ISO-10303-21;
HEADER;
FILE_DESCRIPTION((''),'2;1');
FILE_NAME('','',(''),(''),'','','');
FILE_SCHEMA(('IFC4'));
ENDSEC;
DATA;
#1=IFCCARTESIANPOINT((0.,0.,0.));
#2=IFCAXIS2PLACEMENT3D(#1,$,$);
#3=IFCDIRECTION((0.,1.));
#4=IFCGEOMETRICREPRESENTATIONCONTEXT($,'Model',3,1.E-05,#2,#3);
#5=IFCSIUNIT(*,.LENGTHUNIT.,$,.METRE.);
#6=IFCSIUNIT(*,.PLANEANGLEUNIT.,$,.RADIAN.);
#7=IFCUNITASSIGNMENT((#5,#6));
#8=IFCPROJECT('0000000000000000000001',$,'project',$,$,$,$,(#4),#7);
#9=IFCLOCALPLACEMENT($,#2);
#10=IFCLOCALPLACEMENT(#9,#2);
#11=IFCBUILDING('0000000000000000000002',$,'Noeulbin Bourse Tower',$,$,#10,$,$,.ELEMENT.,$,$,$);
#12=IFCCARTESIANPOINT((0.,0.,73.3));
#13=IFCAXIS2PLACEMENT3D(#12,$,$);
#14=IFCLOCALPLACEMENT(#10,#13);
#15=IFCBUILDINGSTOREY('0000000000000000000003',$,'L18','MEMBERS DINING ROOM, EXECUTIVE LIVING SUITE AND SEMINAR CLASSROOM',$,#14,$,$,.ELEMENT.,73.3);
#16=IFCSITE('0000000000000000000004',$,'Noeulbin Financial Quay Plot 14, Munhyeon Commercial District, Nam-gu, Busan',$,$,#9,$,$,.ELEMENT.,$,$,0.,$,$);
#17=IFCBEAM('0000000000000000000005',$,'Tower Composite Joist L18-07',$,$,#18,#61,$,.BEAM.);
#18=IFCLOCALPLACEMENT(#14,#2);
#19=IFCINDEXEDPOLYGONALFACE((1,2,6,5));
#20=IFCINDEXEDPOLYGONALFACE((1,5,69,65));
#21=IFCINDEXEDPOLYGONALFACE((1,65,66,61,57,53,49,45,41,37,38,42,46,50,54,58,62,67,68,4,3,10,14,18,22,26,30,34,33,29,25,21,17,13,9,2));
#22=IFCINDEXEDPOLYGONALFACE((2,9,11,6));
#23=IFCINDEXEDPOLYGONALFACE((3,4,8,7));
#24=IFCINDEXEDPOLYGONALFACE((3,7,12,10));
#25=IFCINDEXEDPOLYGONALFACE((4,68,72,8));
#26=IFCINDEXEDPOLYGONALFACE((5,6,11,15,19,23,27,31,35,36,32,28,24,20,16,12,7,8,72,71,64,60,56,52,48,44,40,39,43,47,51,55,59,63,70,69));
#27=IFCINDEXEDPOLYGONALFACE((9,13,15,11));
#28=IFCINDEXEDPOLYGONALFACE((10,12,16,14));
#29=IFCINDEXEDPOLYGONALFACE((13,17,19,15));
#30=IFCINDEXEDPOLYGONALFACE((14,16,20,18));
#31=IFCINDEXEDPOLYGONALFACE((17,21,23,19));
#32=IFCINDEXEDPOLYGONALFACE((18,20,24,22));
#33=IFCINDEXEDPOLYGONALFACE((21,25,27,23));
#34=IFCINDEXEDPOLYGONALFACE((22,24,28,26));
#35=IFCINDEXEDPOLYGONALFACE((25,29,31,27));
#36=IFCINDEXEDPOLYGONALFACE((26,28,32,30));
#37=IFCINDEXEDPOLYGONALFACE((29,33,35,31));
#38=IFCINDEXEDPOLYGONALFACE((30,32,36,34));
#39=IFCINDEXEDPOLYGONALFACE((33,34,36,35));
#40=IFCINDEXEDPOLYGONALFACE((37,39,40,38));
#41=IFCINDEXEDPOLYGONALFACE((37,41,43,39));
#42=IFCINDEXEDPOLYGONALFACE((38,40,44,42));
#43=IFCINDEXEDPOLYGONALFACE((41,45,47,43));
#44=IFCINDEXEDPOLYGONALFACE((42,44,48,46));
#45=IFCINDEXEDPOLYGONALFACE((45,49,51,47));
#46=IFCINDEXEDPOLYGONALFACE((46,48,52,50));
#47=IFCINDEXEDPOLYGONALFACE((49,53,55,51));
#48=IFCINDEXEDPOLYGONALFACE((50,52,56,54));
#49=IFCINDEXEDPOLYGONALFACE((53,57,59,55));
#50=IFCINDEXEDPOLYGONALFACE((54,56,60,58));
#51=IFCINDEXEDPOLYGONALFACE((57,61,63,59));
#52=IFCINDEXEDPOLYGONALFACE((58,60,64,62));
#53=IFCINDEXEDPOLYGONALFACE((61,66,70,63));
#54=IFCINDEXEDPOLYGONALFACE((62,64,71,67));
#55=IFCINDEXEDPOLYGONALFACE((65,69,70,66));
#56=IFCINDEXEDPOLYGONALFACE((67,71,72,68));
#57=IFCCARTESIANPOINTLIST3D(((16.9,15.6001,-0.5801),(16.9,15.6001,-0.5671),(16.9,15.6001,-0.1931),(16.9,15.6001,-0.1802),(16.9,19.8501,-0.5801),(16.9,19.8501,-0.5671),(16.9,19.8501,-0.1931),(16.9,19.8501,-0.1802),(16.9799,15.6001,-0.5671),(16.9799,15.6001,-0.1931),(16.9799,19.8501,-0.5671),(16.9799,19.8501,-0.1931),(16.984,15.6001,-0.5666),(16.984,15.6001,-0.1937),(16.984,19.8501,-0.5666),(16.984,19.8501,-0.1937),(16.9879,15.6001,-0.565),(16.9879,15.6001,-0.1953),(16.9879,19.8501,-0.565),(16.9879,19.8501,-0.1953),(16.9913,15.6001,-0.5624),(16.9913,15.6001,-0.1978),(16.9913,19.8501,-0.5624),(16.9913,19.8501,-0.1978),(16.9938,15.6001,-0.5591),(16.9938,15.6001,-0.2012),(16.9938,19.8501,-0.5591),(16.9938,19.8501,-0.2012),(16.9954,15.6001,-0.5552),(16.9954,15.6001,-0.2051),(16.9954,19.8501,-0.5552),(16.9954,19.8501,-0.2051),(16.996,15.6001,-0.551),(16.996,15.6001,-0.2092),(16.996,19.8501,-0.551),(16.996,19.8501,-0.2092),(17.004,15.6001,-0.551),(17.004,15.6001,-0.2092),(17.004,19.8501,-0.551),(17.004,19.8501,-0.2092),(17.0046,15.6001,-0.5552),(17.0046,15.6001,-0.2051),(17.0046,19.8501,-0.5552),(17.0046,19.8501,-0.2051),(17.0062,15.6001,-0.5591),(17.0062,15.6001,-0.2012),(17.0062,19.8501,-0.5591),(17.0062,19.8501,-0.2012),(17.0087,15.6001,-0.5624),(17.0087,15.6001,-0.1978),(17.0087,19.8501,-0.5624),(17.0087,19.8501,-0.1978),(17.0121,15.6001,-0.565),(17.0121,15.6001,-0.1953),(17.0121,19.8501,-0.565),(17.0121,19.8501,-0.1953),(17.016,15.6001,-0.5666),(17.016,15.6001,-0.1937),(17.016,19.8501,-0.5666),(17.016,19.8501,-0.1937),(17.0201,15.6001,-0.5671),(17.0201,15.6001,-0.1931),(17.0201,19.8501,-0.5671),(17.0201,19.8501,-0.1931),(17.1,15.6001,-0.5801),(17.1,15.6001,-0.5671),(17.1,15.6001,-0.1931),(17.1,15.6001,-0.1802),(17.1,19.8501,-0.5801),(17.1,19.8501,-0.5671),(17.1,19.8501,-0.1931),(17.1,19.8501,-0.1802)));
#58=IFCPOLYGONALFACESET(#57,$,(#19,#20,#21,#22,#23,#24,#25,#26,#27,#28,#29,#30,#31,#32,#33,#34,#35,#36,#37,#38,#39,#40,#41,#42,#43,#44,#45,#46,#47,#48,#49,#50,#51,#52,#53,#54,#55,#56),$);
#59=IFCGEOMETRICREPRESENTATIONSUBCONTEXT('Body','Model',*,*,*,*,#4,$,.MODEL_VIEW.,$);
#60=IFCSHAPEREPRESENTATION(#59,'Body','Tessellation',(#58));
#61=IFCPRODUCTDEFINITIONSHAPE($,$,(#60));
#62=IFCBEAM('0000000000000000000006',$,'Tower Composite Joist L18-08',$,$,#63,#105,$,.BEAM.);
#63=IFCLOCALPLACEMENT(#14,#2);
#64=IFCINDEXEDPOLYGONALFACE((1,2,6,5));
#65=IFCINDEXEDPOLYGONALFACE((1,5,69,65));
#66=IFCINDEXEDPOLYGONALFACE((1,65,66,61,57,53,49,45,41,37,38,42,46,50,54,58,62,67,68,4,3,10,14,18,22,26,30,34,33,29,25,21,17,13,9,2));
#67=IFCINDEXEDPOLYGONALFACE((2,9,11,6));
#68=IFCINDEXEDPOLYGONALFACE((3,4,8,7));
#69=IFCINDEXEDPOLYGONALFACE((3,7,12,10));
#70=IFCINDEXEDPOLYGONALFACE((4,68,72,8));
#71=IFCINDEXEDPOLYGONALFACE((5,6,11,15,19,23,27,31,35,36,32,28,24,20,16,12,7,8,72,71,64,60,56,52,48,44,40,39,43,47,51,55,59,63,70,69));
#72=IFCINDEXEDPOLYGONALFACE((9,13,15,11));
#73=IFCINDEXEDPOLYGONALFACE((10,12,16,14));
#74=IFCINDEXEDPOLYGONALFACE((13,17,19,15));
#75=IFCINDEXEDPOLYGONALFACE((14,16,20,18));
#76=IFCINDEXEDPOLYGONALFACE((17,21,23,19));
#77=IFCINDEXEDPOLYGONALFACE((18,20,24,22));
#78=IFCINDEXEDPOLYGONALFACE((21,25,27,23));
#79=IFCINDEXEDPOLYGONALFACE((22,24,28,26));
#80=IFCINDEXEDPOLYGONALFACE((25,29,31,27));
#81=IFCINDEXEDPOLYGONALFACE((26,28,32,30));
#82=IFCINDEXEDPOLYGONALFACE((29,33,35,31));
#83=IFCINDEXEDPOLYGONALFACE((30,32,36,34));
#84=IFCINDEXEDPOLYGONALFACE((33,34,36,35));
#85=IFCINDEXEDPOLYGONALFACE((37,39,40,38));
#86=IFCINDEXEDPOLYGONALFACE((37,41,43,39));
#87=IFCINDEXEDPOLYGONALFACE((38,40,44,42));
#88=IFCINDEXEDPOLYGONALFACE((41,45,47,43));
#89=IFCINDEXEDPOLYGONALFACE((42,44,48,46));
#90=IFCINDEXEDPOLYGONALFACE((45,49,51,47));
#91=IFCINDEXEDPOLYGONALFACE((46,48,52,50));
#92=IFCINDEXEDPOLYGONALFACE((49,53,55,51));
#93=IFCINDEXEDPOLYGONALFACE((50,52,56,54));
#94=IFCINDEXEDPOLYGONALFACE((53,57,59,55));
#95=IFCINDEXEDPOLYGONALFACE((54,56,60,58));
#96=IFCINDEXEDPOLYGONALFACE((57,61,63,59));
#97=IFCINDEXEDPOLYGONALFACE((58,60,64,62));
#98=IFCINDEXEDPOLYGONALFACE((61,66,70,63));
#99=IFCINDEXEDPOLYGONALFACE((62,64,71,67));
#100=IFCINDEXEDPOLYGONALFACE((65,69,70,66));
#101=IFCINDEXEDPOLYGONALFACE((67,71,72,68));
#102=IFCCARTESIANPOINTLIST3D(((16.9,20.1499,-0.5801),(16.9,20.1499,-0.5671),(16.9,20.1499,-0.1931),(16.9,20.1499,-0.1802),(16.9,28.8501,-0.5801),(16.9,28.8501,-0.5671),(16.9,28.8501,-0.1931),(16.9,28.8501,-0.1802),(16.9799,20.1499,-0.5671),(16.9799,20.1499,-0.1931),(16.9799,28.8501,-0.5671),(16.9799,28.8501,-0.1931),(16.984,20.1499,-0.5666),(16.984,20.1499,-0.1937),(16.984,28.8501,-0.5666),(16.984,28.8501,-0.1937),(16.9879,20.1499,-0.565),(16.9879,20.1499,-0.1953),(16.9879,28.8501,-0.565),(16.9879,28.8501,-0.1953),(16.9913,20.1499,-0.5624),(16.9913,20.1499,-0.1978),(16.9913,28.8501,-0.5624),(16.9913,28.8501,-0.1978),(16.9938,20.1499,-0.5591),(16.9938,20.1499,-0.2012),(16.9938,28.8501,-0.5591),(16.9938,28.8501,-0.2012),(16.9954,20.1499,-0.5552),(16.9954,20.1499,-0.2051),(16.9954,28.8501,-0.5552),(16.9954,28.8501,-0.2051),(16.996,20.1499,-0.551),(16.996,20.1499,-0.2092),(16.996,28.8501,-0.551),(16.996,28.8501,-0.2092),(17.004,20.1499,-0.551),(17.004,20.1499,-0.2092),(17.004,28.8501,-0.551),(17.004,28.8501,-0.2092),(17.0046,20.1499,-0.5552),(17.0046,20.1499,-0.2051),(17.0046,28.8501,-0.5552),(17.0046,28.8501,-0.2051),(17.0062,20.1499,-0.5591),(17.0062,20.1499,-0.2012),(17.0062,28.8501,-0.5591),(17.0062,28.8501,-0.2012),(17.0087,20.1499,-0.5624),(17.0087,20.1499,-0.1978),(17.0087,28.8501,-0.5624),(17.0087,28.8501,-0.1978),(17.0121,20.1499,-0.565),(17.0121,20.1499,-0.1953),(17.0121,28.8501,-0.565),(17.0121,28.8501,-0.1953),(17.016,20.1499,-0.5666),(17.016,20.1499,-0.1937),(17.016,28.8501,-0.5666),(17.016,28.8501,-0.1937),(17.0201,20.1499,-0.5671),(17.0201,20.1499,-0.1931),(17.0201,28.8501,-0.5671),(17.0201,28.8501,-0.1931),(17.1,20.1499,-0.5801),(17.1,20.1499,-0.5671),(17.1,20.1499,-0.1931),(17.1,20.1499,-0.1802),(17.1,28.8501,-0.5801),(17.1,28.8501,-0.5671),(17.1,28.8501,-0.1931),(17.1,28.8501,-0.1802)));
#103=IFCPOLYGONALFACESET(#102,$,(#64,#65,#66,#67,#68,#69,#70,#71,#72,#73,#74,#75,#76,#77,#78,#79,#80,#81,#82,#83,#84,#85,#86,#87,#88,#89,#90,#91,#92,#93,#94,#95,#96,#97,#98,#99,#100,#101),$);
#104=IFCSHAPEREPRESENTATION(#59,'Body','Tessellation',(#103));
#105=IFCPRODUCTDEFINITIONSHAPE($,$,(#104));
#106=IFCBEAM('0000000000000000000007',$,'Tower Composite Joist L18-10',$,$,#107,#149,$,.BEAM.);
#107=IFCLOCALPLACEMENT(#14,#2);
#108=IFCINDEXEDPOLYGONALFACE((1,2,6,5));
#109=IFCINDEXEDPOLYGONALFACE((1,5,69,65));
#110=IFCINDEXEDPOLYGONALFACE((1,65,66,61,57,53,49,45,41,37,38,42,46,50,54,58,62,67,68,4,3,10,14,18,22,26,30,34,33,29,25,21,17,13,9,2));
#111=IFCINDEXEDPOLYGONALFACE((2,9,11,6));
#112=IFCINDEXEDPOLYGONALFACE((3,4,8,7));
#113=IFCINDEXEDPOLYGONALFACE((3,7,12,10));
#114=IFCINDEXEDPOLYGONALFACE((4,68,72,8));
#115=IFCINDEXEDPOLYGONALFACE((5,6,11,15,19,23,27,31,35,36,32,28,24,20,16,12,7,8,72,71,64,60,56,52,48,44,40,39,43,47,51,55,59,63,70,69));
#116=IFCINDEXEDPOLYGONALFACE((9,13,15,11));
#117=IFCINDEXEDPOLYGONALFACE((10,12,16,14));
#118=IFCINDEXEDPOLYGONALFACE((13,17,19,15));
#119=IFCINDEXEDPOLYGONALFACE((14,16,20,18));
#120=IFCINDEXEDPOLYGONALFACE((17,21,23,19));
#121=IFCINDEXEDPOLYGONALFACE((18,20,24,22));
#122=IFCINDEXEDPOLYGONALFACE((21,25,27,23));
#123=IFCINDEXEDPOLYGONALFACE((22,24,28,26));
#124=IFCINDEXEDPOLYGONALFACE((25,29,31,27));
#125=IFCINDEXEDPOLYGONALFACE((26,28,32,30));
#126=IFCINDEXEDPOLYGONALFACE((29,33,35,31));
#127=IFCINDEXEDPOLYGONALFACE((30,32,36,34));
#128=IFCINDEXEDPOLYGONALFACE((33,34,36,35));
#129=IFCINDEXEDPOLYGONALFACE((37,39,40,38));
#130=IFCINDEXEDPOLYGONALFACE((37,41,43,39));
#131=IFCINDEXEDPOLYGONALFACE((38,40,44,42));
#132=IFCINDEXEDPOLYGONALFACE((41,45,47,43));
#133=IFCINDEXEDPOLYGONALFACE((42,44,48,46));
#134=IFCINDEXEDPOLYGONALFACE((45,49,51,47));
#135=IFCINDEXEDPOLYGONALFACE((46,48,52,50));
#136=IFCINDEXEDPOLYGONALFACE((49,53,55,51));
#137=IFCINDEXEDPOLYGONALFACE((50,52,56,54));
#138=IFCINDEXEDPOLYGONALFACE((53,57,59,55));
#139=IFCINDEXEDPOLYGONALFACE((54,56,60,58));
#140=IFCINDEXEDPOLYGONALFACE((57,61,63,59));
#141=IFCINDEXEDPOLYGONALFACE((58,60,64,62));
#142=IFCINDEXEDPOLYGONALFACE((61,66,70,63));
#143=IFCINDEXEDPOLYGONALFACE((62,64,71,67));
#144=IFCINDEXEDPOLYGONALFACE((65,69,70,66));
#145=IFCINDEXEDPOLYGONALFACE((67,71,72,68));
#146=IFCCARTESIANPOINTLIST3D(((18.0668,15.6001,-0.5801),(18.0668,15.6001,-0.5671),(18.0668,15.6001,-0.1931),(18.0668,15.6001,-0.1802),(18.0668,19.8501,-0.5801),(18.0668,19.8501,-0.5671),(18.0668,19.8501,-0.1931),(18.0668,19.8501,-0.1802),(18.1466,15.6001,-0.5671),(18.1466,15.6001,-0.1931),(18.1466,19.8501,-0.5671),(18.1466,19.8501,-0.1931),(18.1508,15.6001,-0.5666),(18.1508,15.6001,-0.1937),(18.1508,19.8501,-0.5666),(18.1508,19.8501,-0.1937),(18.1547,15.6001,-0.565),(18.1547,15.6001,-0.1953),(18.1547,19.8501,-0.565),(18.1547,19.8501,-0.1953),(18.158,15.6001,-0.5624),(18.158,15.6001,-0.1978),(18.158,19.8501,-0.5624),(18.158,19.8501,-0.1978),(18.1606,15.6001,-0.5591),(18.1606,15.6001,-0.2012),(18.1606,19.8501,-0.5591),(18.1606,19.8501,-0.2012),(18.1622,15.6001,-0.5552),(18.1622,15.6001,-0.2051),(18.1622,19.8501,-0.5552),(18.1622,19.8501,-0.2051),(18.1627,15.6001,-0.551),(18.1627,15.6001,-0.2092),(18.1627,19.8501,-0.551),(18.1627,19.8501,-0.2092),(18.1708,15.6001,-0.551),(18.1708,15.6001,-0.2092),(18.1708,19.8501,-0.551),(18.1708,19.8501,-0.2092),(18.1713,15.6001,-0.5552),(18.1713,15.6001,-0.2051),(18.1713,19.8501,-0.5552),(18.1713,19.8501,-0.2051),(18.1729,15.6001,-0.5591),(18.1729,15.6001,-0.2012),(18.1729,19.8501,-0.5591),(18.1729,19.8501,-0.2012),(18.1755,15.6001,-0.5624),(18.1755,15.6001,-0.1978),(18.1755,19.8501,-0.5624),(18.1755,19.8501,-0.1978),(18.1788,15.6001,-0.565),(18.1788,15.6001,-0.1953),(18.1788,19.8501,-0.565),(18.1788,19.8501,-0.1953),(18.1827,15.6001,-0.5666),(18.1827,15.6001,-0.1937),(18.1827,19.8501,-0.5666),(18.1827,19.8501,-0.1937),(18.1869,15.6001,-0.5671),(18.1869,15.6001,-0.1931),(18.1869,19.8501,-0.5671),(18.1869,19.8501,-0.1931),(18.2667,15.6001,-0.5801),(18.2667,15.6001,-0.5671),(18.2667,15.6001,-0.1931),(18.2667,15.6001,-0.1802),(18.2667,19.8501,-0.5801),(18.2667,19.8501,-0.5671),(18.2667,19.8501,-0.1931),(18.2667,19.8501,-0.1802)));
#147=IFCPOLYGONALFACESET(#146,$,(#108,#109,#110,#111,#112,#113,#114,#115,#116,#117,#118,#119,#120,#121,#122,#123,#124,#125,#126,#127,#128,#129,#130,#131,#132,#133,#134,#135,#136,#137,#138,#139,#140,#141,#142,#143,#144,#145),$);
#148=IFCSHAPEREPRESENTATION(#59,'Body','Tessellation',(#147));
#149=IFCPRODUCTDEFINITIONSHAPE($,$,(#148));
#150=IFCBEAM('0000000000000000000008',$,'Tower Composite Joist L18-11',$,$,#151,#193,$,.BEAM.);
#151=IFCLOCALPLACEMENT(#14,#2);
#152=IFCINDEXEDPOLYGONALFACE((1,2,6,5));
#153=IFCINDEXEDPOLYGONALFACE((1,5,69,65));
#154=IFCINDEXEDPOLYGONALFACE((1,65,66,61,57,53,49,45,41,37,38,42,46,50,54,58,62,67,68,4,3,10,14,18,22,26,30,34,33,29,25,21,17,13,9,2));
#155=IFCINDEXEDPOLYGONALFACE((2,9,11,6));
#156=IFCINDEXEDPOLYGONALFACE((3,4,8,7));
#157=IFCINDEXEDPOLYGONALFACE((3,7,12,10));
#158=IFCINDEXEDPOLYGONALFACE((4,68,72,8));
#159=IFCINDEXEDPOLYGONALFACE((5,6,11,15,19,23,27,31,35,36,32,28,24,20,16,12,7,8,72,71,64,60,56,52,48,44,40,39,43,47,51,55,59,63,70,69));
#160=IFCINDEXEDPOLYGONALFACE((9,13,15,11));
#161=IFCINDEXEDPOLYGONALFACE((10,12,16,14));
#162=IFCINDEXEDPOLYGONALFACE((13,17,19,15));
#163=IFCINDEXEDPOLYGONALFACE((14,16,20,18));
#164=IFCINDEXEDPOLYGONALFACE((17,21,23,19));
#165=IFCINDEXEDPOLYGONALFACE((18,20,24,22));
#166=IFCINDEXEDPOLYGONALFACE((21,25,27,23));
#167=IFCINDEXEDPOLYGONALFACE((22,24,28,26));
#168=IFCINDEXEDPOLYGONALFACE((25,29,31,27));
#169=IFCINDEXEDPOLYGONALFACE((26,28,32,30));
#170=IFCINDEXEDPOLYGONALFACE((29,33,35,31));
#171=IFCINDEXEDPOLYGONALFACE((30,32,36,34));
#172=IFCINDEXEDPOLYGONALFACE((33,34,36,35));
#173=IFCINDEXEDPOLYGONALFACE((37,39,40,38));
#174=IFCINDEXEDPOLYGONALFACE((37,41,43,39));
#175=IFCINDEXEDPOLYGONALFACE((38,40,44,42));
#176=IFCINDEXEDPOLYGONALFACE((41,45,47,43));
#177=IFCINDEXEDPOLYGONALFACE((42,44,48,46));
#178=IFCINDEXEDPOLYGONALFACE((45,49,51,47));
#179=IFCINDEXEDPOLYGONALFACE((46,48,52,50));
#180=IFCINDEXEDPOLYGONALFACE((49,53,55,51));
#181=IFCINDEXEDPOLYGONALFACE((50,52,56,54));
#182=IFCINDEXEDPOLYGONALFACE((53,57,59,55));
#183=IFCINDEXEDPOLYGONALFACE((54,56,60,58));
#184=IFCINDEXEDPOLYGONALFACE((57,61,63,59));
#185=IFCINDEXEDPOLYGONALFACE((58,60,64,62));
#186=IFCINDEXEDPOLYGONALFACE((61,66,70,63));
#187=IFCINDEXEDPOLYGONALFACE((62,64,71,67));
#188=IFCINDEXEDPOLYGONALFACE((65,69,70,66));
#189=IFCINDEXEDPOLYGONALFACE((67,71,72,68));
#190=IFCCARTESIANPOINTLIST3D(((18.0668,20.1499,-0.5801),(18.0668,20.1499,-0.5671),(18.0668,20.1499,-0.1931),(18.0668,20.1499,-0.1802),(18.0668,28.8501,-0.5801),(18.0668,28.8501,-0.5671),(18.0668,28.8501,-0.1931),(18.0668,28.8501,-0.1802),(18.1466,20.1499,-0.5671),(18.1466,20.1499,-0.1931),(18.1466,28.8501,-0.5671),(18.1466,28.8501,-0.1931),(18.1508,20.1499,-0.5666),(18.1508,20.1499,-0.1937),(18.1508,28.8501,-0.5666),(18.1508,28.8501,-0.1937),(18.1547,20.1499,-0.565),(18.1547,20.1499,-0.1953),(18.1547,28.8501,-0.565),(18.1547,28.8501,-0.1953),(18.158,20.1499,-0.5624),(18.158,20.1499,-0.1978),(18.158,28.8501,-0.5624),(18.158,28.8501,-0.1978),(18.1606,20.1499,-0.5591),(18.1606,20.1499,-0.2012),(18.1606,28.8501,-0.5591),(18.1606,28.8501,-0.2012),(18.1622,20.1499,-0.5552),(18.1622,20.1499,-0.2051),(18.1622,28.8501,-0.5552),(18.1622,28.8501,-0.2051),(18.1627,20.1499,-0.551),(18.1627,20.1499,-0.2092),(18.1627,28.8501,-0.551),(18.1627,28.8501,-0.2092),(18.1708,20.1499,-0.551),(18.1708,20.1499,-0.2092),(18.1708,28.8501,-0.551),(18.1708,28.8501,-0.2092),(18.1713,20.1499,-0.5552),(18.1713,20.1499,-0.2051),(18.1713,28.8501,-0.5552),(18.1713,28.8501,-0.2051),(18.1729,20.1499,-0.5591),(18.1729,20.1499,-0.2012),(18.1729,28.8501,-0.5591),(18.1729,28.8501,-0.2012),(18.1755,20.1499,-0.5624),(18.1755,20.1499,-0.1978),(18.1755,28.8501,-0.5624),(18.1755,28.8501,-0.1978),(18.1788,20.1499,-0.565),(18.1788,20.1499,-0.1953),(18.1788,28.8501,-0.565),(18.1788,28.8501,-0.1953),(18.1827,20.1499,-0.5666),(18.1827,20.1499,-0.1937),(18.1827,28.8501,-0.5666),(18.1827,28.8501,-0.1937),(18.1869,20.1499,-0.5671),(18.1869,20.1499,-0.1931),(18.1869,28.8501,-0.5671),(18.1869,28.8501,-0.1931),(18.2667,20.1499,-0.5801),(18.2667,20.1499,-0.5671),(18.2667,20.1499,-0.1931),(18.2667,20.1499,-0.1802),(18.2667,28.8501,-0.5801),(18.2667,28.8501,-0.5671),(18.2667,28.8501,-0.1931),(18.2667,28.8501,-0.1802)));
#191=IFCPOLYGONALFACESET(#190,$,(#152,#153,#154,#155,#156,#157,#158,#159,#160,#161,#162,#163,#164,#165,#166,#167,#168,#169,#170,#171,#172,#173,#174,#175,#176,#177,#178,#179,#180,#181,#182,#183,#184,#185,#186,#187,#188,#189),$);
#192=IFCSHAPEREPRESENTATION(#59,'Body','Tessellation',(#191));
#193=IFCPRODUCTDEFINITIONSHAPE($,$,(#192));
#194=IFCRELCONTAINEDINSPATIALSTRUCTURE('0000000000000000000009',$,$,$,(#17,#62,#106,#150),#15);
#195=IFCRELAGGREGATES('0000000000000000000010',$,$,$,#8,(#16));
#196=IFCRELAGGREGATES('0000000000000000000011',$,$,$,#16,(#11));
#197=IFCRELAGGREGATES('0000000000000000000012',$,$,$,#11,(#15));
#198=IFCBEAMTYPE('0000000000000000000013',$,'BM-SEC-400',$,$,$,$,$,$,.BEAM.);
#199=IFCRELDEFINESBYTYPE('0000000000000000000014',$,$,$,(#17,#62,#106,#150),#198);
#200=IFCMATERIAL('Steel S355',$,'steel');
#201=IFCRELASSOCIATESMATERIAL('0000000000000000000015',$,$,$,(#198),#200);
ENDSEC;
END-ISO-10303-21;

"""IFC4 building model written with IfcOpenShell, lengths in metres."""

from ifc_helpers import new_model, si_unit, direction, frame, origin, origin_2d, place, context, subcontext, project, spatial, i_section, extrude, material, material_profile, profile_set, type_object, element, save


model = new_model("IFC4")

# Units and contexts
model_context = context("Model", 3, precision=1e-05, world=origin(), true_north=direction((0.0, 1.0)))
body_context = subcontext(model_context, "Body", "Model", "MODEL_VIEW")
ifc_project = project(units=[si_unit("LENGTHUNIT", "METRE"), si_unit("PLANEANGLEUNIT", "RADIAN")], contexts=[model_context])

# Site, building, storey
site_placement = place(None, origin())
site = spatial("IfcSite", under=ifc_project, at=site_placement, Name="Noeulbin Financial Quay Plot 14, Munhyeon Commercial District, Nam-gu, Busan", CompositionType="ELEMENT", RefElevation=0.0)
building_placement = place(site_placement, origin())
building = spatial("IfcBuilding", under=site, at=building_placement, Name="Noeulbin Bourse Tower", CompositionType="ELEMENT")
storey_placement = place(building_placement, frame((0.0, 0.0, 73.3)))
storey = spatial("IfcBuildingStorey", under=building, at=storey_placement, Name="L18", Description="MEMBERS DINING ROOM, EXECUTIVE LIVING SUITE AND SEMINAR CLASSROOM", CompositionType="ELEMENT", Elevation=73.3)

# Beams
ifc_material_1 = material(Name="Steel S355", Category="steel")
ifc_material_profile_1 = material_profile(ifc_material_1, i_section(OverallWidth=0.2, OverallDepth=0.3999, WebThickness=0.0081, FlangeThickness=0.0129, FilletRadius=0.0161, at=origin_2d()), Name="H-400x200x8x13", Category="LoadBearing")
ifc_profile_set_1 = profile_set([ifc_material_profile_1], Name="Steel S355")
beam_type_1 = type_object("IfcBeamType", Name="BM-SEC-400", PredefinedType="BEAM", material=ifc_profile_set_1)
beam_1_placement = place(storey_placement, frame((17.0, 15.6001, -0.3801), z_axis=(0.0, 1.0, 0.0), x_axis=(-1.0, 0.0, 0.0)))
element("IfcBeam", 1, at=beam_1_placement, inside=storey, type_object=beam_type_1, Name="Tower Composite Joist L18-07", PredefinedType="BEAM", context=body_context, shape_type="SweptSolid", body=[
    extrude(i_section(OverallWidth=0.2, OverallDepth=0.3999, WebThickness=0.0081, FlangeThickness=0.0129, FilletRadius=0.0161, at=origin_2d()), origin(), (0.0, 0.0, 1.0), 4.25),
])
beam_2_placement = place(storey_placement, frame((17.0, 20.1499, -0.3801), z_axis=(0.0, 1.0, 0.0), x_axis=(-1.0, 0.0, 0.0)))
element("IfcBeam", 2, at=beam_2_placement, inside=storey, type_object=beam_type_1, Name="Tower Composite Joist L18-08", PredefinedType="BEAM", context=body_context, shape_type="SweptSolid", body=[
    extrude(i_section(OverallWidth=0.2, OverallDepth=0.3999, WebThickness=0.0081, FlangeThickness=0.0129, FilletRadius=0.0161, at=origin_2d()), origin(), (0.0, 0.0, 1.0), 8.7002),
])
beam_3_placement = place(storey_placement, frame((18.1667, 15.6001, -0.3801), z_axis=(0.0, 1.0, 0.0), x_axis=(-1.0, 0.0, 0.0)))
element("IfcBeam", 3, at=beam_3_placement, inside=storey, type_object=beam_type_1, Name="Tower Composite Joist L18-10", PredefinedType="BEAM", context=body_context, shape_type="SweptSolid", body=[
    extrude(i_section(OverallWidth=0.2, OverallDepth=0.3999, WebThickness=0.0081, FlangeThickness=0.0129, FilletRadius=0.0161, at=origin_2d()), origin(), (0.0, 0.0, 1.0), 4.25),
])
beam_4_placement = place(storey_placement, frame((18.1667, 20.1499, -0.3801), z_axis=(0.0, 1.0, 0.0), x_axis=(-1.0, 0.0, 0.0)))
element("IfcBeam", 4, at=beam_4_placement, inside=storey, type_object=beam_type_1, Name="Tower Composite Joist L18-11", PredefinedType="BEAM", context=body_context, shape_type="SweptSolid", body=[
    extrude(i_section(OverallWidth=0.2, OverallDepth=0.3999, WebThickness=0.0081, FlangeThickness=0.0129, FilletRadius=0.0161, at=origin_2d()), origin(), (0.0, 0.0, 1.0), 8.7002),
])

save(model, "model.ifc")
